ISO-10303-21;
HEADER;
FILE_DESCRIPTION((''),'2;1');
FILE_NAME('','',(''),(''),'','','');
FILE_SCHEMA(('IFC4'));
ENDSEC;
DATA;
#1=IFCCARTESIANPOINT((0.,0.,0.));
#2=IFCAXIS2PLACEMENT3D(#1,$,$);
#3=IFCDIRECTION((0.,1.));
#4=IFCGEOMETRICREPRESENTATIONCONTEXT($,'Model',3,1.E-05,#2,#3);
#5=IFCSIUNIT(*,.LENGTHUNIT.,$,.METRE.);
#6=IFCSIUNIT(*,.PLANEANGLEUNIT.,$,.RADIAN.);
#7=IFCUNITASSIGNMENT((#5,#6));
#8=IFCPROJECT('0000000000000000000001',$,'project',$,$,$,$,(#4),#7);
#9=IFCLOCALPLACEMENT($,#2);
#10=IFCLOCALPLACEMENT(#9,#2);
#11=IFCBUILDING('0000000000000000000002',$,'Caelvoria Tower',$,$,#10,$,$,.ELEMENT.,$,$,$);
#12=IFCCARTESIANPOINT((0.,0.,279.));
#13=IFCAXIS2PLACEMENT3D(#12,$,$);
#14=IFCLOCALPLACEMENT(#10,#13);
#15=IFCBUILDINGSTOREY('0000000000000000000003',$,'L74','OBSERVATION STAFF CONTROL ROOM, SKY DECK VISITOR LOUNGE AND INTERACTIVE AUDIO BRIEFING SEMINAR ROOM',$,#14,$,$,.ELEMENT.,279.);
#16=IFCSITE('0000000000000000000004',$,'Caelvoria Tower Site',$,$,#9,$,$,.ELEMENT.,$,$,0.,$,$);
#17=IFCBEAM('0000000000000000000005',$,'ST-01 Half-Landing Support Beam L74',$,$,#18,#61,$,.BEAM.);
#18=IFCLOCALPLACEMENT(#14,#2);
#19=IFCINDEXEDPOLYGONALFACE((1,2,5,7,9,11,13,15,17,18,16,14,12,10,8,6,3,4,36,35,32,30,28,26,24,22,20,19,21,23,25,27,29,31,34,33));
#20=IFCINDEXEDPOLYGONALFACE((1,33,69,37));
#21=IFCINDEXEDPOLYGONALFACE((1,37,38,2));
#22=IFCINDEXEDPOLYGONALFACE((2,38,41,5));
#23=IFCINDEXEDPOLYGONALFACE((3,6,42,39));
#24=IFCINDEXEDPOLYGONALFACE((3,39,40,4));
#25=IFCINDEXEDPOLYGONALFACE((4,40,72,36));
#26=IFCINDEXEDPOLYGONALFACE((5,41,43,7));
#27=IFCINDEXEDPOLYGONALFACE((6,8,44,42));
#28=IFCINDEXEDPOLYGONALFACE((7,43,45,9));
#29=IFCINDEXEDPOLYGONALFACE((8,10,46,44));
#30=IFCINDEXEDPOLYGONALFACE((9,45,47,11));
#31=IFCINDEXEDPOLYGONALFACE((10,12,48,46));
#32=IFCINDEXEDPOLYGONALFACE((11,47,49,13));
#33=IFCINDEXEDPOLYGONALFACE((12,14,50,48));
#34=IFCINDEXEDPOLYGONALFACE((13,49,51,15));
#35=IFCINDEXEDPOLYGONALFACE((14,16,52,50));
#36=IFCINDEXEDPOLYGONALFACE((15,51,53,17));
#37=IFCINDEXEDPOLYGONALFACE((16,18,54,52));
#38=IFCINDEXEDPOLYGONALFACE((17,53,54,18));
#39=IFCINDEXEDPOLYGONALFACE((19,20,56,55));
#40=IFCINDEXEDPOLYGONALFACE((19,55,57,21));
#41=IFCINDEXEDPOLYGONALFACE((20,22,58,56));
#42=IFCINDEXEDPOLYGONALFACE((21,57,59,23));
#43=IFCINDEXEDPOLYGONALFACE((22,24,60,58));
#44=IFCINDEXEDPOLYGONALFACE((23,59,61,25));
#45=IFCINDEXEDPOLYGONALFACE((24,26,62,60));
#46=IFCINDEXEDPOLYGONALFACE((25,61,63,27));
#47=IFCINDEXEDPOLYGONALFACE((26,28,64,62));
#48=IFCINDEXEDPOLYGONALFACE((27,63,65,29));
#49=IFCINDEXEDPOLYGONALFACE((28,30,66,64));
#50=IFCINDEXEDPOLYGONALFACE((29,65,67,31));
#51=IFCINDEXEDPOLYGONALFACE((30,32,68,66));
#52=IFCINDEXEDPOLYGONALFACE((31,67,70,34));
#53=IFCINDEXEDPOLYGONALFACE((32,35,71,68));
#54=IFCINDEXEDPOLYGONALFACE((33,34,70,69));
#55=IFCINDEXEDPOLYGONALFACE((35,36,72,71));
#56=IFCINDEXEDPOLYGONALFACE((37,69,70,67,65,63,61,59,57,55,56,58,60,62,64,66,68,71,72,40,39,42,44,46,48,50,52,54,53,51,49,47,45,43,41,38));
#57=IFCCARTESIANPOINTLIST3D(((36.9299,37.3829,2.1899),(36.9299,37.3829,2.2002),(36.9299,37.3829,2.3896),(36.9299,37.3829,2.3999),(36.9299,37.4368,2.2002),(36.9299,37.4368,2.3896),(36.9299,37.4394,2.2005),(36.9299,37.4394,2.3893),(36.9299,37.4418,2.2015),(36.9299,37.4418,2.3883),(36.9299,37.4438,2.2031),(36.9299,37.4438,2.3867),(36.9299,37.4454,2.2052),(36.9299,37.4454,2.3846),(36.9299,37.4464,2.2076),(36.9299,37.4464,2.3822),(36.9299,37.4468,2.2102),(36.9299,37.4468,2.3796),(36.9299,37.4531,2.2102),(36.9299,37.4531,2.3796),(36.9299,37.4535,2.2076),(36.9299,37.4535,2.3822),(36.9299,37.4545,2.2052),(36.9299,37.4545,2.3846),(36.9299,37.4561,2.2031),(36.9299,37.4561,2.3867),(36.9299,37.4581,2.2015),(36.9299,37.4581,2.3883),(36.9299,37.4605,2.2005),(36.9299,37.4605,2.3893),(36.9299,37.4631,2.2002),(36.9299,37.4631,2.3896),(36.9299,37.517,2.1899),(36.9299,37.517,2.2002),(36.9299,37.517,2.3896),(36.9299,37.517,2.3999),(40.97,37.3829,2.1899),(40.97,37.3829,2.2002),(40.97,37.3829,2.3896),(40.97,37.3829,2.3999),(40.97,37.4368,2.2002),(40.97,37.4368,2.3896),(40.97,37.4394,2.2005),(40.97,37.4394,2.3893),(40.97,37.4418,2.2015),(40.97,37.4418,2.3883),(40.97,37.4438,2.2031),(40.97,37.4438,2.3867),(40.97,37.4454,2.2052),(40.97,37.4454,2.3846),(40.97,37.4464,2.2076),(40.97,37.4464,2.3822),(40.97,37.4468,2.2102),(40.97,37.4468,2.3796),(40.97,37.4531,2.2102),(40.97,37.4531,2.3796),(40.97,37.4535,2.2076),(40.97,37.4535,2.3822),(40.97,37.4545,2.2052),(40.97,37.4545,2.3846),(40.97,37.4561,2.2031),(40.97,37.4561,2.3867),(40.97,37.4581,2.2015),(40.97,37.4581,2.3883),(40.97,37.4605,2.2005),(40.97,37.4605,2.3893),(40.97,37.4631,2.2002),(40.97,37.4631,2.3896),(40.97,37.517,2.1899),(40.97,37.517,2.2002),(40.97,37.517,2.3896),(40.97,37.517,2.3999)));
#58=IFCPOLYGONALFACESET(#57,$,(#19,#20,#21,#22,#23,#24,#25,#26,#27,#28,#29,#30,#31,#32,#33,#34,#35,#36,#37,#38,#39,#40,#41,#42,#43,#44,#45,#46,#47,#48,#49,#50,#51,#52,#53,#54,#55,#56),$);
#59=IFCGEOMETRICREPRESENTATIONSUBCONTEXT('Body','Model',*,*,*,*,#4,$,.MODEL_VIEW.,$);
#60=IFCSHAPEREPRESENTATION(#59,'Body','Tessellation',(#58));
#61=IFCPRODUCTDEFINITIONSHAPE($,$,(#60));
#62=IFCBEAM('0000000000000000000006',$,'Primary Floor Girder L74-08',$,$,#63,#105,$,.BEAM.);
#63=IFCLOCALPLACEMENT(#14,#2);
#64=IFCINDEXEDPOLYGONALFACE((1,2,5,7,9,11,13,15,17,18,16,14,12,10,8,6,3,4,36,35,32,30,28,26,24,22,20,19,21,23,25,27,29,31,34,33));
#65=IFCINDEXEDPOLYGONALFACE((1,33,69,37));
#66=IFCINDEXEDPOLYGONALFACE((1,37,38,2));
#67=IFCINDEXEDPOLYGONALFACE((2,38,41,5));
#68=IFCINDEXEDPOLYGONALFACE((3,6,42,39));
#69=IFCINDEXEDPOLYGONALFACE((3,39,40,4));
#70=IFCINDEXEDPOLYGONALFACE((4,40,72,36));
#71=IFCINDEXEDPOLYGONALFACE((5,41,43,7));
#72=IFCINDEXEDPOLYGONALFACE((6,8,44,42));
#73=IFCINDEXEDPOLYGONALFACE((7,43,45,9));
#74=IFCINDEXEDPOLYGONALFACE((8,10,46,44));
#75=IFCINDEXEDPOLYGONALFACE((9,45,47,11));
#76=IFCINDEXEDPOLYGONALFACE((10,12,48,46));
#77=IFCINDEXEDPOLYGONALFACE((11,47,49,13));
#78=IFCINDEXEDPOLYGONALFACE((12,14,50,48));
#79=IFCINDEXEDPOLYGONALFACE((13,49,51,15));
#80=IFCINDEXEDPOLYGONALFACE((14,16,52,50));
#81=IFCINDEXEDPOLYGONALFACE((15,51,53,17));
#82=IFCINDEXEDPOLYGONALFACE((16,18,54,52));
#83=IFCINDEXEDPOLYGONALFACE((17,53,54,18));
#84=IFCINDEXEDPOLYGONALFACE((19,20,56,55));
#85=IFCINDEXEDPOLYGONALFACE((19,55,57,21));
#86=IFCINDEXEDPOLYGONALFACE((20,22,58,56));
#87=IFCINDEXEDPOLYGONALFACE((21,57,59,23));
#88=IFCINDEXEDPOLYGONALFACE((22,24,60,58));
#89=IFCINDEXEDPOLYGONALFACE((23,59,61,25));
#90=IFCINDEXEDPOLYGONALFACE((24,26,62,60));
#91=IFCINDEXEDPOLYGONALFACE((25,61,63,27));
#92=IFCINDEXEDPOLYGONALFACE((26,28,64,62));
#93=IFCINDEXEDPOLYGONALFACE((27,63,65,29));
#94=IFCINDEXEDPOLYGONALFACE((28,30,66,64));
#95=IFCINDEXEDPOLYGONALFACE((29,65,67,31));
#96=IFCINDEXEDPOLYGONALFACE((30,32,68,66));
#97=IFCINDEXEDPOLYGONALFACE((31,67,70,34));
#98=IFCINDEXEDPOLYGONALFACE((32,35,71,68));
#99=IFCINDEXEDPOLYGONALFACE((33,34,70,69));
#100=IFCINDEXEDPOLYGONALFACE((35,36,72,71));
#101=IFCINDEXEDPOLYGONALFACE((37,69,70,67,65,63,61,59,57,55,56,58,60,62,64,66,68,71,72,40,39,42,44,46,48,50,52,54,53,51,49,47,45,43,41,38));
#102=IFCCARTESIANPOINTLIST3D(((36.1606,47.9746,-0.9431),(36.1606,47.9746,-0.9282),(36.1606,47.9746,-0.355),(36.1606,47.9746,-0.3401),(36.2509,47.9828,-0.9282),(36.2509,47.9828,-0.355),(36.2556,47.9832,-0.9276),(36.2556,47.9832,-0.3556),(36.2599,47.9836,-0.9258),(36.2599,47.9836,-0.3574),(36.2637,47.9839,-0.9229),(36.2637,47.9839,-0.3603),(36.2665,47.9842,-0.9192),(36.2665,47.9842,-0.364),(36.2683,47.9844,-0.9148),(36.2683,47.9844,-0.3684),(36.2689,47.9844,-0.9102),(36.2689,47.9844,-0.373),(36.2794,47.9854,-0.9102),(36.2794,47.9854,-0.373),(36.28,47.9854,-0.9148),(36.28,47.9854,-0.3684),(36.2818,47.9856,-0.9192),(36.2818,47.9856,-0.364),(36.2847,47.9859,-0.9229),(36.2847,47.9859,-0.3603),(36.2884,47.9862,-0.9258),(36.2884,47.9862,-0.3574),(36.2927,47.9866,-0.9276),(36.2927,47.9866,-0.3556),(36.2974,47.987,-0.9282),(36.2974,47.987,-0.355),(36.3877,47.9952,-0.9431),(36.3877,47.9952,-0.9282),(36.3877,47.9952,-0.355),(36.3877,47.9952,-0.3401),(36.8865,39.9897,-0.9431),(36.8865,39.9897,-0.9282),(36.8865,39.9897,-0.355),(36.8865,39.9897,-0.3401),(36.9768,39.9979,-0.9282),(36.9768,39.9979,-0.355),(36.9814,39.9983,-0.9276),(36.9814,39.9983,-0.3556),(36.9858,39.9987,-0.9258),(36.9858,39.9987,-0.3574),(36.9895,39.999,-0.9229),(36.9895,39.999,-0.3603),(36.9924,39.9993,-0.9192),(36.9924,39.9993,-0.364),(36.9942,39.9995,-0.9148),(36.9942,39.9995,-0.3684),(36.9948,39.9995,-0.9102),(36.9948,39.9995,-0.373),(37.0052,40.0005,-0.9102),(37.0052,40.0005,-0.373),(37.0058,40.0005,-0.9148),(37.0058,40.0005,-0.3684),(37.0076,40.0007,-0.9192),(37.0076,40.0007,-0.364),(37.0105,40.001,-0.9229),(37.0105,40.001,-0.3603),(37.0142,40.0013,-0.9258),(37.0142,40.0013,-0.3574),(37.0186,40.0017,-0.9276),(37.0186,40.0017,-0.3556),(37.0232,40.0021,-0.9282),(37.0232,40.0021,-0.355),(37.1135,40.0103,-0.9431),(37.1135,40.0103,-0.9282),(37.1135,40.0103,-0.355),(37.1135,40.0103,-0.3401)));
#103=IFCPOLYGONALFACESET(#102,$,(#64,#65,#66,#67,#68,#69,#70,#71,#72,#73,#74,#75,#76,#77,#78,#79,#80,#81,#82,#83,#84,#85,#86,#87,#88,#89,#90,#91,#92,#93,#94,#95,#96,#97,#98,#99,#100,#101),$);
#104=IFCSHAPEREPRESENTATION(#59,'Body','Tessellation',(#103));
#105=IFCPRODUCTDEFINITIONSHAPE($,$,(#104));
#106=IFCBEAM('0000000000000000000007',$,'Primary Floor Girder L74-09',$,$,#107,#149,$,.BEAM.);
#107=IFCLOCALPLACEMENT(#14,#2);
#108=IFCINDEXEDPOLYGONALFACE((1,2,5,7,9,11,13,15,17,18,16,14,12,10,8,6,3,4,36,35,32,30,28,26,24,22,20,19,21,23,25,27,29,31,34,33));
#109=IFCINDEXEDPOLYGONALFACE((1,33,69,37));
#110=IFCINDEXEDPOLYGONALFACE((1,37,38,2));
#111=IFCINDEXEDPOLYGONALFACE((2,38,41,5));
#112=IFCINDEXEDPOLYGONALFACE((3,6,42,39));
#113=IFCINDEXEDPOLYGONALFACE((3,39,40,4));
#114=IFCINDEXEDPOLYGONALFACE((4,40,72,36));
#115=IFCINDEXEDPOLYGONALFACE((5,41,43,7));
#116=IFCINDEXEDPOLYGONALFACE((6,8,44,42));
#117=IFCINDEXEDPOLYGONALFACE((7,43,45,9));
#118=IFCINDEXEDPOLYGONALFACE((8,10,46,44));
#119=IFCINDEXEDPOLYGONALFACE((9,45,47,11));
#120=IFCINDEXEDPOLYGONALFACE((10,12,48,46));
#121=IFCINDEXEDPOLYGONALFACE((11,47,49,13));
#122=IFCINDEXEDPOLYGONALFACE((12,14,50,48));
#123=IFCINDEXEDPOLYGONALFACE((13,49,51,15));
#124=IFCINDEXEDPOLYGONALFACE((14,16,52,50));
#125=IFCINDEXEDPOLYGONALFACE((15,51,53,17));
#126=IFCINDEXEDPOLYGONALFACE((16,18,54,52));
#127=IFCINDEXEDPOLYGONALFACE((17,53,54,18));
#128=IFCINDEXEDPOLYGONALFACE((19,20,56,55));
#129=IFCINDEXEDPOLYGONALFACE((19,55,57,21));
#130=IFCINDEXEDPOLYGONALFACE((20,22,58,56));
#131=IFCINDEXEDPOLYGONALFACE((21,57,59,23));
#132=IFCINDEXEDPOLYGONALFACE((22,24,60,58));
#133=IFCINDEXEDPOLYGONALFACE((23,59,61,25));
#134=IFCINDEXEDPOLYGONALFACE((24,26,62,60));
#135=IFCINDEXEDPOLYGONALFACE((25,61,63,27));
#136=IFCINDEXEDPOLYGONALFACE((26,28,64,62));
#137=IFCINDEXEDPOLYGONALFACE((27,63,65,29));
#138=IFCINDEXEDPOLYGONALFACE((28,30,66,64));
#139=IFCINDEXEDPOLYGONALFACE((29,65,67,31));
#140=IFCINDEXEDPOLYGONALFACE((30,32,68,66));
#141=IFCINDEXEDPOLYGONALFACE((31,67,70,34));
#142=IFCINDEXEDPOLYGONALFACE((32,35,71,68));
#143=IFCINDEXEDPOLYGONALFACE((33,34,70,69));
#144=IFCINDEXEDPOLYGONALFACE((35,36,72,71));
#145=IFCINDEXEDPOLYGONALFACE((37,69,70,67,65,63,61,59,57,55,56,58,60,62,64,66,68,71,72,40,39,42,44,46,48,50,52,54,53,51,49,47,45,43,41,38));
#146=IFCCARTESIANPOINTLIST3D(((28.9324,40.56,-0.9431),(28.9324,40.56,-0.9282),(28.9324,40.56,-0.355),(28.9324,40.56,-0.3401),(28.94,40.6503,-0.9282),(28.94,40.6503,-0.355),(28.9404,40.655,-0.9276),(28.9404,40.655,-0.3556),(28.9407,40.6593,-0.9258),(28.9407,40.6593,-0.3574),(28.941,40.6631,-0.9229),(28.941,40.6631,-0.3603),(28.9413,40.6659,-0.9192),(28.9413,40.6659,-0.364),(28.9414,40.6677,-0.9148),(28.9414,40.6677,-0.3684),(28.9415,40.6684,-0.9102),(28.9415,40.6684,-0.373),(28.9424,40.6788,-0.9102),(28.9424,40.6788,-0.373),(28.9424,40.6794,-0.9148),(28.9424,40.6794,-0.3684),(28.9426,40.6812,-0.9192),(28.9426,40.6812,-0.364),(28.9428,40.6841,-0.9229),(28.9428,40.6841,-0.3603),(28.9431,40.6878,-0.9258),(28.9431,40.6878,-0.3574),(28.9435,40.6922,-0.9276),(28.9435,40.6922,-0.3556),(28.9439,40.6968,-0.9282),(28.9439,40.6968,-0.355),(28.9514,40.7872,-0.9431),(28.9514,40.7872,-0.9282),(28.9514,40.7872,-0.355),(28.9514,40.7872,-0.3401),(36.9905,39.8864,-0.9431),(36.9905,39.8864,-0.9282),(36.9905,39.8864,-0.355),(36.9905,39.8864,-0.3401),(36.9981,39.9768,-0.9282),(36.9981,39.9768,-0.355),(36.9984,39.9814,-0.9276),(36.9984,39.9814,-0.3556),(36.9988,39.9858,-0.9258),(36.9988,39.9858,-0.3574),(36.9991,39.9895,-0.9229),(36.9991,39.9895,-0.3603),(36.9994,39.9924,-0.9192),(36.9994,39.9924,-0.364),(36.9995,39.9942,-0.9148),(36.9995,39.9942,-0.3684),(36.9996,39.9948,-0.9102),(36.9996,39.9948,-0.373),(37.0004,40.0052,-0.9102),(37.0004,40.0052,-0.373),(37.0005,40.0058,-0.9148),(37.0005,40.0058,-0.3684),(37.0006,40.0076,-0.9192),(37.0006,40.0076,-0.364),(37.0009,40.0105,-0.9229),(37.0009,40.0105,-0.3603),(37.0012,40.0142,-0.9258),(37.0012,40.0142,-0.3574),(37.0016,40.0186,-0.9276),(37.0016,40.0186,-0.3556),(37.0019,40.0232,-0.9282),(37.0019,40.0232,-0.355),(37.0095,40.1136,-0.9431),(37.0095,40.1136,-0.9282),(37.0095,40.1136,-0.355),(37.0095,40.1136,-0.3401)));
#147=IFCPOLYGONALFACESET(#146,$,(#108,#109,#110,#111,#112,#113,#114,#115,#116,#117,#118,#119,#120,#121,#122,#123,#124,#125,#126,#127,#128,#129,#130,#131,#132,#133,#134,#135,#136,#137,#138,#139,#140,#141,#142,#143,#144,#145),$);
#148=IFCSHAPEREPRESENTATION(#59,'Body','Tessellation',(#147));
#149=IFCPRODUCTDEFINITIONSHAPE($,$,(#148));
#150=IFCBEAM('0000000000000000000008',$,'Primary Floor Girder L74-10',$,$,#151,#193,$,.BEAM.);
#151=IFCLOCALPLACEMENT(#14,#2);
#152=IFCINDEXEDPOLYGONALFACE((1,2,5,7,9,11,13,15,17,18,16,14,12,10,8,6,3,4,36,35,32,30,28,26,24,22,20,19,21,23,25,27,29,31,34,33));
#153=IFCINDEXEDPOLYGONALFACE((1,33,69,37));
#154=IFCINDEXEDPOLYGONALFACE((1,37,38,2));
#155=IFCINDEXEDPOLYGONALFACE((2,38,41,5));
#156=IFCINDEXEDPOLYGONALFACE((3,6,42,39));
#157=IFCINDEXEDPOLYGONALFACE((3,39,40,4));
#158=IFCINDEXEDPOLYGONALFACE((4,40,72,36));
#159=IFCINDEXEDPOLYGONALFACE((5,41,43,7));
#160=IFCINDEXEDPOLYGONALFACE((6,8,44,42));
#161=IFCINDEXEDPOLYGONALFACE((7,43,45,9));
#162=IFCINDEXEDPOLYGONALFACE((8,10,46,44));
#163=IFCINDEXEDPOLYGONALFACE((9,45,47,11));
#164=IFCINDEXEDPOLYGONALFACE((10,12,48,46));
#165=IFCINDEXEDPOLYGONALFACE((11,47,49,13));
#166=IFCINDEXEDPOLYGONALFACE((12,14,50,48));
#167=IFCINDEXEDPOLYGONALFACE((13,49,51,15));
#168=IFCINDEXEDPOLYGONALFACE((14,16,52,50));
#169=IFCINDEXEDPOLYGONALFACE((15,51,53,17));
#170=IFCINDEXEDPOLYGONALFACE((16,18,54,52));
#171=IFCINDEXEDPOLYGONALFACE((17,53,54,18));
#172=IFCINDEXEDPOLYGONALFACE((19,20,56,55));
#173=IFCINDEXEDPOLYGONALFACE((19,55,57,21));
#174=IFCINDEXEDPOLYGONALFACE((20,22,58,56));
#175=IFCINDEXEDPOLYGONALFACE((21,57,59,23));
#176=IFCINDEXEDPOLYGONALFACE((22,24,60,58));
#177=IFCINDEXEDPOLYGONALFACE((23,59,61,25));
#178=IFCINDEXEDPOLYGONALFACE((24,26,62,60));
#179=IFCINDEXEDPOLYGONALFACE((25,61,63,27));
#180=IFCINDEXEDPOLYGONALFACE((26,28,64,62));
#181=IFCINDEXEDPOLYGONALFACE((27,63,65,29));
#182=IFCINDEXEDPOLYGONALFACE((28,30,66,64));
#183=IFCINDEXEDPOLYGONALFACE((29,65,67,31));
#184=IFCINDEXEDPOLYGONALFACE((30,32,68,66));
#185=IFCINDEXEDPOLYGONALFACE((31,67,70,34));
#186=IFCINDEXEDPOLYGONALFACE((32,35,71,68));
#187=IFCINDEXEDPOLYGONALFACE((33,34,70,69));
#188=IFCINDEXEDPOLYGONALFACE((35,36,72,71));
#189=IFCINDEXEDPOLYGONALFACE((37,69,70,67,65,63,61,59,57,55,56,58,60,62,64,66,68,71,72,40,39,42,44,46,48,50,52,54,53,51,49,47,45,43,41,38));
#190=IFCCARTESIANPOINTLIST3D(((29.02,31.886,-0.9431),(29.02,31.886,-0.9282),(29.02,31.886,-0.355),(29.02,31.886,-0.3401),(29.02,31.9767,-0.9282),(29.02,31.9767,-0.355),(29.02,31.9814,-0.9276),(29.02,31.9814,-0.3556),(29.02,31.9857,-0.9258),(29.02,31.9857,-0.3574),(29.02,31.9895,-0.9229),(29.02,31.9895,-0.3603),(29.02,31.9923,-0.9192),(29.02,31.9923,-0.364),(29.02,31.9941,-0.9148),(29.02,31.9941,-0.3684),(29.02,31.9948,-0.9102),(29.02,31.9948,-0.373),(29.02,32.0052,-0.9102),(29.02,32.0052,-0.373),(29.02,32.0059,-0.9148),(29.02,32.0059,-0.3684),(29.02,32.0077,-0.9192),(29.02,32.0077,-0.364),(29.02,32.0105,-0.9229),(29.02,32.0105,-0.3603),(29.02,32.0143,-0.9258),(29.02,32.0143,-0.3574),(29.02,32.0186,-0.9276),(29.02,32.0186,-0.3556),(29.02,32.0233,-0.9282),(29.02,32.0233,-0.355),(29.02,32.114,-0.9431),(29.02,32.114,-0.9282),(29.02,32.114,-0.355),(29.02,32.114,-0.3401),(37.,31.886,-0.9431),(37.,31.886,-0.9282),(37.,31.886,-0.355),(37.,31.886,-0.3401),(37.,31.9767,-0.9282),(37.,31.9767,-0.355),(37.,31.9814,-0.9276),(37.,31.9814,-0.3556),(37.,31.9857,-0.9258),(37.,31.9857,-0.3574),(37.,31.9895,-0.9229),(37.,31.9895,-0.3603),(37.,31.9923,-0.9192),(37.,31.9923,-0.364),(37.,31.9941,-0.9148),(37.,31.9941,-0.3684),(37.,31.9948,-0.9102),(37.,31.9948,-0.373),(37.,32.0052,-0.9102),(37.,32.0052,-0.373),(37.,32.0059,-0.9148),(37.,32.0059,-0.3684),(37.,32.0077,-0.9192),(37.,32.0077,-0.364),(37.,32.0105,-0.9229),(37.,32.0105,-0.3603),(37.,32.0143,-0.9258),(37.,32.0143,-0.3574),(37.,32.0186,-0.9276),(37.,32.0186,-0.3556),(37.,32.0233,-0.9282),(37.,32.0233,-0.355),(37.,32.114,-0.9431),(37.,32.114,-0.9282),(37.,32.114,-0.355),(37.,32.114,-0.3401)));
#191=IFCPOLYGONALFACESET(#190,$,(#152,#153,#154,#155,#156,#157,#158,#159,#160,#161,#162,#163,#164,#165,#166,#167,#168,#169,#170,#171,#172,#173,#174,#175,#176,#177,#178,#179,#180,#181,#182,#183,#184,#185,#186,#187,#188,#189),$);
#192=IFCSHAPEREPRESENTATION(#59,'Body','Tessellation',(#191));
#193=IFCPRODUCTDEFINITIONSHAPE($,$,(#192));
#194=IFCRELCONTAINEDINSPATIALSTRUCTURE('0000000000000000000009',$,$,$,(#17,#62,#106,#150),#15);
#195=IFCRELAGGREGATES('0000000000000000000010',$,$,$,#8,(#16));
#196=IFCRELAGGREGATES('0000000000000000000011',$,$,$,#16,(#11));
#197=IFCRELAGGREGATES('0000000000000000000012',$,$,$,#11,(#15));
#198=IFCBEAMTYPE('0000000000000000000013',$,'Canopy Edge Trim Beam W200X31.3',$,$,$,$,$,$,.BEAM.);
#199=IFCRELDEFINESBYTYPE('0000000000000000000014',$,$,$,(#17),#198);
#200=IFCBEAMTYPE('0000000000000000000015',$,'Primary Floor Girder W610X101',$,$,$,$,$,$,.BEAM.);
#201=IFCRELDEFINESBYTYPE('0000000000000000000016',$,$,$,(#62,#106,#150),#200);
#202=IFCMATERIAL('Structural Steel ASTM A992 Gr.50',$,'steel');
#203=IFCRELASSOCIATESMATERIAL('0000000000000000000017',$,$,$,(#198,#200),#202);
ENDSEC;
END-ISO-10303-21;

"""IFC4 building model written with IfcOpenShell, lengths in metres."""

from ifc_helpers import new_model, si_unit, direction, frame, origin, origin_2d, place, context, subcontext, project, spatial, i_section, extrude, material, material_profile, profile_set, type_object, element, save


model = new_model("IFC4")

# Units and contexts
model_context = context("Model", 3, precision=1e-05, world=origin(), true_north=direction((0.0, 1.0)))
body_context = subcontext(model_context, "Body", "Model", "MODEL_VIEW")
ifc_project = project(units=[si_unit("LENGTHUNIT", "METRE"), si_unit("PLANEANGLEUNIT", "RADIAN")], contexts=[model_context])

# Site, building, storey
site_placement = place(None, origin())
site = spatial("IfcSite", under=ifc_project, at=site_placement, Name="Caelvoria Tower Site", CompositionType="ELEMENT", RefElevation=0.0)
building_placement = place(site_placement, origin())
building = spatial("IfcBuilding", under=site, at=building_placement, Name="Caelvoria Tower", CompositionType="ELEMENT")
storey_placement = place(building_placement, frame((0.0, 0.0, 279.0)))
storey = spatial("IfcBuildingStorey", under=building, at=storey_placement, Name="L74", Description="OBSERVATION STAFF CONTROL ROOM, SKY DECK VISITOR LOUNGE AND INTERACTIVE AUDIO BRIEFING SEMINAR ROOM", CompositionType="ELEMENT", Elevation=279.0)

# Beams
ifc_material_1 = material(Name="Structural Steel ASTM A992 Gr.50", Category="steel")
ifc_material_profile_1 = material_profile(ifc_material_1, i_section(OverallWidth=0.134, OverallDepth=0.21, WebThickness=0.0063, FlangeThickness=0.0103, FilletRadius=0.01, at=origin_2d()), Name="Structural Steel ASTM A992 Gr.50")
ifc_profile_set_1 = profile_set([ifc_material_profile_1], Name="W200X31.3 - Structural Steel ASTM A992 Gr.50")
beam_type_1 = type_object("IfcBeamType", Name="Canopy Edge Trim Beam W200X31.3", PredefinedType="BEAM", material=ifc_profile_set_1)
beam_1_placement = place(storey_placement, frame((36.9299, 37.45, 2.2949), z_axis=(1.0, 0.0, 0.0), x_axis=(0.0, 1.0, 0.0)))
element("IfcBeam", 1, at=beam_1_placement, inside=storey, type_object=beam_type_1, Name="ST-01 Half-Landing Support Beam L74", PredefinedType="BEAM", context=body_context, shape_type="SweptSolid", body=[
    extrude(i_section(OverallWidth=0.134, OverallDepth=0.21, WebThickness=0.0063, FlangeThickness=0.0103, FilletRadius=0.01, at=origin_2d()), origin(), (0.0, 0.0, 1.0), 4.04),
])
ifc_material_profile_2 = material_profile(ifc_material_1, i_section(OverallWidth=0.228, OverallDepth=0.603, WebThickness=0.0105, FlangeThickness=0.0149, FilletRadius=0.0181, at=origin_2d()), Name="Structural Steel ASTM A992 Gr.50")
ifc_profile_set_2 = profile_set([ifc_material_profile_2], Name="W610X101 - Structural Steel ASTM A992 Gr.50")
beam_type_2 = type_object("IfcBeamType", Name="Primary Floor Girder W610X101", PredefinedType="BEAM", material=ifc_profile_set_2)
beam_2_placement = place(storey_placement, frame((37.0, 40.0, -0.6416), z_axis=(-0.090528, 0.995894, 0.0), x_axis=(-0.995894, -0.090528, 0.0)))
element("IfcBeam", 2, at=beam_2_placement, inside=storey, type_object=beam_type_2, Name="Primary Floor Girder L74-08", PredefinedType="BEAM", context=body_context, shape_type="SweptSolid", body=[
    extrude(i_section(OverallWidth=0.228, OverallDepth=0.603, WebThickness=0.0105, FlangeThickness=0.0149, FilletRadius=0.0181, at=origin_2d()), origin(), (0.0, 0.0, 1.0), 8.0178),
])
beam_3_placement = place(storey_placement, frame((37.0, 40.0, -0.6416), z_axis=(-0.996524, 0.0833, 0.0), x_axis=(-0.0833, -0.996524, 0.0)))
element("IfcBeam", 3, at=beam_3_placement, inside=storey, type_object=beam_type_2, Name="Primary Floor Girder L74-09", PredefinedType="BEAM", context=body_context, shape_type="SweptSolid", body=[
    extrude(i_section(OverallWidth=0.228, OverallDepth=0.603, WebThickness=0.0105, FlangeThickness=0.0149, FilletRadius=0.0181, at=origin_2d()), origin(), (0.0, 0.0, 1.0), 8.0862),
])
beam_4_placement = place(storey_placement, frame((37.0, 32.0, -0.6416), z_axis=(-1.0, 0.0, 0.0), x_axis=(0.0, -1.0, 0.0)))
element("IfcBeam", 4, at=beam_4_placement, inside=storey, type_object=beam_type_2, Name="Primary Floor Girder L74-10", PredefinedType="BEAM", context=body_context, shape_type="SweptSolid", body=[
    extrude(i_section(OverallWidth=0.228, OverallDepth=0.603, WebThickness=0.0105, FlangeThickness=0.0149, FilletRadius=0.0181, at=origin_2d()), origin(), (0.0, 0.0, 1.0), 7.98),
])

save(model, "model.ifc")
